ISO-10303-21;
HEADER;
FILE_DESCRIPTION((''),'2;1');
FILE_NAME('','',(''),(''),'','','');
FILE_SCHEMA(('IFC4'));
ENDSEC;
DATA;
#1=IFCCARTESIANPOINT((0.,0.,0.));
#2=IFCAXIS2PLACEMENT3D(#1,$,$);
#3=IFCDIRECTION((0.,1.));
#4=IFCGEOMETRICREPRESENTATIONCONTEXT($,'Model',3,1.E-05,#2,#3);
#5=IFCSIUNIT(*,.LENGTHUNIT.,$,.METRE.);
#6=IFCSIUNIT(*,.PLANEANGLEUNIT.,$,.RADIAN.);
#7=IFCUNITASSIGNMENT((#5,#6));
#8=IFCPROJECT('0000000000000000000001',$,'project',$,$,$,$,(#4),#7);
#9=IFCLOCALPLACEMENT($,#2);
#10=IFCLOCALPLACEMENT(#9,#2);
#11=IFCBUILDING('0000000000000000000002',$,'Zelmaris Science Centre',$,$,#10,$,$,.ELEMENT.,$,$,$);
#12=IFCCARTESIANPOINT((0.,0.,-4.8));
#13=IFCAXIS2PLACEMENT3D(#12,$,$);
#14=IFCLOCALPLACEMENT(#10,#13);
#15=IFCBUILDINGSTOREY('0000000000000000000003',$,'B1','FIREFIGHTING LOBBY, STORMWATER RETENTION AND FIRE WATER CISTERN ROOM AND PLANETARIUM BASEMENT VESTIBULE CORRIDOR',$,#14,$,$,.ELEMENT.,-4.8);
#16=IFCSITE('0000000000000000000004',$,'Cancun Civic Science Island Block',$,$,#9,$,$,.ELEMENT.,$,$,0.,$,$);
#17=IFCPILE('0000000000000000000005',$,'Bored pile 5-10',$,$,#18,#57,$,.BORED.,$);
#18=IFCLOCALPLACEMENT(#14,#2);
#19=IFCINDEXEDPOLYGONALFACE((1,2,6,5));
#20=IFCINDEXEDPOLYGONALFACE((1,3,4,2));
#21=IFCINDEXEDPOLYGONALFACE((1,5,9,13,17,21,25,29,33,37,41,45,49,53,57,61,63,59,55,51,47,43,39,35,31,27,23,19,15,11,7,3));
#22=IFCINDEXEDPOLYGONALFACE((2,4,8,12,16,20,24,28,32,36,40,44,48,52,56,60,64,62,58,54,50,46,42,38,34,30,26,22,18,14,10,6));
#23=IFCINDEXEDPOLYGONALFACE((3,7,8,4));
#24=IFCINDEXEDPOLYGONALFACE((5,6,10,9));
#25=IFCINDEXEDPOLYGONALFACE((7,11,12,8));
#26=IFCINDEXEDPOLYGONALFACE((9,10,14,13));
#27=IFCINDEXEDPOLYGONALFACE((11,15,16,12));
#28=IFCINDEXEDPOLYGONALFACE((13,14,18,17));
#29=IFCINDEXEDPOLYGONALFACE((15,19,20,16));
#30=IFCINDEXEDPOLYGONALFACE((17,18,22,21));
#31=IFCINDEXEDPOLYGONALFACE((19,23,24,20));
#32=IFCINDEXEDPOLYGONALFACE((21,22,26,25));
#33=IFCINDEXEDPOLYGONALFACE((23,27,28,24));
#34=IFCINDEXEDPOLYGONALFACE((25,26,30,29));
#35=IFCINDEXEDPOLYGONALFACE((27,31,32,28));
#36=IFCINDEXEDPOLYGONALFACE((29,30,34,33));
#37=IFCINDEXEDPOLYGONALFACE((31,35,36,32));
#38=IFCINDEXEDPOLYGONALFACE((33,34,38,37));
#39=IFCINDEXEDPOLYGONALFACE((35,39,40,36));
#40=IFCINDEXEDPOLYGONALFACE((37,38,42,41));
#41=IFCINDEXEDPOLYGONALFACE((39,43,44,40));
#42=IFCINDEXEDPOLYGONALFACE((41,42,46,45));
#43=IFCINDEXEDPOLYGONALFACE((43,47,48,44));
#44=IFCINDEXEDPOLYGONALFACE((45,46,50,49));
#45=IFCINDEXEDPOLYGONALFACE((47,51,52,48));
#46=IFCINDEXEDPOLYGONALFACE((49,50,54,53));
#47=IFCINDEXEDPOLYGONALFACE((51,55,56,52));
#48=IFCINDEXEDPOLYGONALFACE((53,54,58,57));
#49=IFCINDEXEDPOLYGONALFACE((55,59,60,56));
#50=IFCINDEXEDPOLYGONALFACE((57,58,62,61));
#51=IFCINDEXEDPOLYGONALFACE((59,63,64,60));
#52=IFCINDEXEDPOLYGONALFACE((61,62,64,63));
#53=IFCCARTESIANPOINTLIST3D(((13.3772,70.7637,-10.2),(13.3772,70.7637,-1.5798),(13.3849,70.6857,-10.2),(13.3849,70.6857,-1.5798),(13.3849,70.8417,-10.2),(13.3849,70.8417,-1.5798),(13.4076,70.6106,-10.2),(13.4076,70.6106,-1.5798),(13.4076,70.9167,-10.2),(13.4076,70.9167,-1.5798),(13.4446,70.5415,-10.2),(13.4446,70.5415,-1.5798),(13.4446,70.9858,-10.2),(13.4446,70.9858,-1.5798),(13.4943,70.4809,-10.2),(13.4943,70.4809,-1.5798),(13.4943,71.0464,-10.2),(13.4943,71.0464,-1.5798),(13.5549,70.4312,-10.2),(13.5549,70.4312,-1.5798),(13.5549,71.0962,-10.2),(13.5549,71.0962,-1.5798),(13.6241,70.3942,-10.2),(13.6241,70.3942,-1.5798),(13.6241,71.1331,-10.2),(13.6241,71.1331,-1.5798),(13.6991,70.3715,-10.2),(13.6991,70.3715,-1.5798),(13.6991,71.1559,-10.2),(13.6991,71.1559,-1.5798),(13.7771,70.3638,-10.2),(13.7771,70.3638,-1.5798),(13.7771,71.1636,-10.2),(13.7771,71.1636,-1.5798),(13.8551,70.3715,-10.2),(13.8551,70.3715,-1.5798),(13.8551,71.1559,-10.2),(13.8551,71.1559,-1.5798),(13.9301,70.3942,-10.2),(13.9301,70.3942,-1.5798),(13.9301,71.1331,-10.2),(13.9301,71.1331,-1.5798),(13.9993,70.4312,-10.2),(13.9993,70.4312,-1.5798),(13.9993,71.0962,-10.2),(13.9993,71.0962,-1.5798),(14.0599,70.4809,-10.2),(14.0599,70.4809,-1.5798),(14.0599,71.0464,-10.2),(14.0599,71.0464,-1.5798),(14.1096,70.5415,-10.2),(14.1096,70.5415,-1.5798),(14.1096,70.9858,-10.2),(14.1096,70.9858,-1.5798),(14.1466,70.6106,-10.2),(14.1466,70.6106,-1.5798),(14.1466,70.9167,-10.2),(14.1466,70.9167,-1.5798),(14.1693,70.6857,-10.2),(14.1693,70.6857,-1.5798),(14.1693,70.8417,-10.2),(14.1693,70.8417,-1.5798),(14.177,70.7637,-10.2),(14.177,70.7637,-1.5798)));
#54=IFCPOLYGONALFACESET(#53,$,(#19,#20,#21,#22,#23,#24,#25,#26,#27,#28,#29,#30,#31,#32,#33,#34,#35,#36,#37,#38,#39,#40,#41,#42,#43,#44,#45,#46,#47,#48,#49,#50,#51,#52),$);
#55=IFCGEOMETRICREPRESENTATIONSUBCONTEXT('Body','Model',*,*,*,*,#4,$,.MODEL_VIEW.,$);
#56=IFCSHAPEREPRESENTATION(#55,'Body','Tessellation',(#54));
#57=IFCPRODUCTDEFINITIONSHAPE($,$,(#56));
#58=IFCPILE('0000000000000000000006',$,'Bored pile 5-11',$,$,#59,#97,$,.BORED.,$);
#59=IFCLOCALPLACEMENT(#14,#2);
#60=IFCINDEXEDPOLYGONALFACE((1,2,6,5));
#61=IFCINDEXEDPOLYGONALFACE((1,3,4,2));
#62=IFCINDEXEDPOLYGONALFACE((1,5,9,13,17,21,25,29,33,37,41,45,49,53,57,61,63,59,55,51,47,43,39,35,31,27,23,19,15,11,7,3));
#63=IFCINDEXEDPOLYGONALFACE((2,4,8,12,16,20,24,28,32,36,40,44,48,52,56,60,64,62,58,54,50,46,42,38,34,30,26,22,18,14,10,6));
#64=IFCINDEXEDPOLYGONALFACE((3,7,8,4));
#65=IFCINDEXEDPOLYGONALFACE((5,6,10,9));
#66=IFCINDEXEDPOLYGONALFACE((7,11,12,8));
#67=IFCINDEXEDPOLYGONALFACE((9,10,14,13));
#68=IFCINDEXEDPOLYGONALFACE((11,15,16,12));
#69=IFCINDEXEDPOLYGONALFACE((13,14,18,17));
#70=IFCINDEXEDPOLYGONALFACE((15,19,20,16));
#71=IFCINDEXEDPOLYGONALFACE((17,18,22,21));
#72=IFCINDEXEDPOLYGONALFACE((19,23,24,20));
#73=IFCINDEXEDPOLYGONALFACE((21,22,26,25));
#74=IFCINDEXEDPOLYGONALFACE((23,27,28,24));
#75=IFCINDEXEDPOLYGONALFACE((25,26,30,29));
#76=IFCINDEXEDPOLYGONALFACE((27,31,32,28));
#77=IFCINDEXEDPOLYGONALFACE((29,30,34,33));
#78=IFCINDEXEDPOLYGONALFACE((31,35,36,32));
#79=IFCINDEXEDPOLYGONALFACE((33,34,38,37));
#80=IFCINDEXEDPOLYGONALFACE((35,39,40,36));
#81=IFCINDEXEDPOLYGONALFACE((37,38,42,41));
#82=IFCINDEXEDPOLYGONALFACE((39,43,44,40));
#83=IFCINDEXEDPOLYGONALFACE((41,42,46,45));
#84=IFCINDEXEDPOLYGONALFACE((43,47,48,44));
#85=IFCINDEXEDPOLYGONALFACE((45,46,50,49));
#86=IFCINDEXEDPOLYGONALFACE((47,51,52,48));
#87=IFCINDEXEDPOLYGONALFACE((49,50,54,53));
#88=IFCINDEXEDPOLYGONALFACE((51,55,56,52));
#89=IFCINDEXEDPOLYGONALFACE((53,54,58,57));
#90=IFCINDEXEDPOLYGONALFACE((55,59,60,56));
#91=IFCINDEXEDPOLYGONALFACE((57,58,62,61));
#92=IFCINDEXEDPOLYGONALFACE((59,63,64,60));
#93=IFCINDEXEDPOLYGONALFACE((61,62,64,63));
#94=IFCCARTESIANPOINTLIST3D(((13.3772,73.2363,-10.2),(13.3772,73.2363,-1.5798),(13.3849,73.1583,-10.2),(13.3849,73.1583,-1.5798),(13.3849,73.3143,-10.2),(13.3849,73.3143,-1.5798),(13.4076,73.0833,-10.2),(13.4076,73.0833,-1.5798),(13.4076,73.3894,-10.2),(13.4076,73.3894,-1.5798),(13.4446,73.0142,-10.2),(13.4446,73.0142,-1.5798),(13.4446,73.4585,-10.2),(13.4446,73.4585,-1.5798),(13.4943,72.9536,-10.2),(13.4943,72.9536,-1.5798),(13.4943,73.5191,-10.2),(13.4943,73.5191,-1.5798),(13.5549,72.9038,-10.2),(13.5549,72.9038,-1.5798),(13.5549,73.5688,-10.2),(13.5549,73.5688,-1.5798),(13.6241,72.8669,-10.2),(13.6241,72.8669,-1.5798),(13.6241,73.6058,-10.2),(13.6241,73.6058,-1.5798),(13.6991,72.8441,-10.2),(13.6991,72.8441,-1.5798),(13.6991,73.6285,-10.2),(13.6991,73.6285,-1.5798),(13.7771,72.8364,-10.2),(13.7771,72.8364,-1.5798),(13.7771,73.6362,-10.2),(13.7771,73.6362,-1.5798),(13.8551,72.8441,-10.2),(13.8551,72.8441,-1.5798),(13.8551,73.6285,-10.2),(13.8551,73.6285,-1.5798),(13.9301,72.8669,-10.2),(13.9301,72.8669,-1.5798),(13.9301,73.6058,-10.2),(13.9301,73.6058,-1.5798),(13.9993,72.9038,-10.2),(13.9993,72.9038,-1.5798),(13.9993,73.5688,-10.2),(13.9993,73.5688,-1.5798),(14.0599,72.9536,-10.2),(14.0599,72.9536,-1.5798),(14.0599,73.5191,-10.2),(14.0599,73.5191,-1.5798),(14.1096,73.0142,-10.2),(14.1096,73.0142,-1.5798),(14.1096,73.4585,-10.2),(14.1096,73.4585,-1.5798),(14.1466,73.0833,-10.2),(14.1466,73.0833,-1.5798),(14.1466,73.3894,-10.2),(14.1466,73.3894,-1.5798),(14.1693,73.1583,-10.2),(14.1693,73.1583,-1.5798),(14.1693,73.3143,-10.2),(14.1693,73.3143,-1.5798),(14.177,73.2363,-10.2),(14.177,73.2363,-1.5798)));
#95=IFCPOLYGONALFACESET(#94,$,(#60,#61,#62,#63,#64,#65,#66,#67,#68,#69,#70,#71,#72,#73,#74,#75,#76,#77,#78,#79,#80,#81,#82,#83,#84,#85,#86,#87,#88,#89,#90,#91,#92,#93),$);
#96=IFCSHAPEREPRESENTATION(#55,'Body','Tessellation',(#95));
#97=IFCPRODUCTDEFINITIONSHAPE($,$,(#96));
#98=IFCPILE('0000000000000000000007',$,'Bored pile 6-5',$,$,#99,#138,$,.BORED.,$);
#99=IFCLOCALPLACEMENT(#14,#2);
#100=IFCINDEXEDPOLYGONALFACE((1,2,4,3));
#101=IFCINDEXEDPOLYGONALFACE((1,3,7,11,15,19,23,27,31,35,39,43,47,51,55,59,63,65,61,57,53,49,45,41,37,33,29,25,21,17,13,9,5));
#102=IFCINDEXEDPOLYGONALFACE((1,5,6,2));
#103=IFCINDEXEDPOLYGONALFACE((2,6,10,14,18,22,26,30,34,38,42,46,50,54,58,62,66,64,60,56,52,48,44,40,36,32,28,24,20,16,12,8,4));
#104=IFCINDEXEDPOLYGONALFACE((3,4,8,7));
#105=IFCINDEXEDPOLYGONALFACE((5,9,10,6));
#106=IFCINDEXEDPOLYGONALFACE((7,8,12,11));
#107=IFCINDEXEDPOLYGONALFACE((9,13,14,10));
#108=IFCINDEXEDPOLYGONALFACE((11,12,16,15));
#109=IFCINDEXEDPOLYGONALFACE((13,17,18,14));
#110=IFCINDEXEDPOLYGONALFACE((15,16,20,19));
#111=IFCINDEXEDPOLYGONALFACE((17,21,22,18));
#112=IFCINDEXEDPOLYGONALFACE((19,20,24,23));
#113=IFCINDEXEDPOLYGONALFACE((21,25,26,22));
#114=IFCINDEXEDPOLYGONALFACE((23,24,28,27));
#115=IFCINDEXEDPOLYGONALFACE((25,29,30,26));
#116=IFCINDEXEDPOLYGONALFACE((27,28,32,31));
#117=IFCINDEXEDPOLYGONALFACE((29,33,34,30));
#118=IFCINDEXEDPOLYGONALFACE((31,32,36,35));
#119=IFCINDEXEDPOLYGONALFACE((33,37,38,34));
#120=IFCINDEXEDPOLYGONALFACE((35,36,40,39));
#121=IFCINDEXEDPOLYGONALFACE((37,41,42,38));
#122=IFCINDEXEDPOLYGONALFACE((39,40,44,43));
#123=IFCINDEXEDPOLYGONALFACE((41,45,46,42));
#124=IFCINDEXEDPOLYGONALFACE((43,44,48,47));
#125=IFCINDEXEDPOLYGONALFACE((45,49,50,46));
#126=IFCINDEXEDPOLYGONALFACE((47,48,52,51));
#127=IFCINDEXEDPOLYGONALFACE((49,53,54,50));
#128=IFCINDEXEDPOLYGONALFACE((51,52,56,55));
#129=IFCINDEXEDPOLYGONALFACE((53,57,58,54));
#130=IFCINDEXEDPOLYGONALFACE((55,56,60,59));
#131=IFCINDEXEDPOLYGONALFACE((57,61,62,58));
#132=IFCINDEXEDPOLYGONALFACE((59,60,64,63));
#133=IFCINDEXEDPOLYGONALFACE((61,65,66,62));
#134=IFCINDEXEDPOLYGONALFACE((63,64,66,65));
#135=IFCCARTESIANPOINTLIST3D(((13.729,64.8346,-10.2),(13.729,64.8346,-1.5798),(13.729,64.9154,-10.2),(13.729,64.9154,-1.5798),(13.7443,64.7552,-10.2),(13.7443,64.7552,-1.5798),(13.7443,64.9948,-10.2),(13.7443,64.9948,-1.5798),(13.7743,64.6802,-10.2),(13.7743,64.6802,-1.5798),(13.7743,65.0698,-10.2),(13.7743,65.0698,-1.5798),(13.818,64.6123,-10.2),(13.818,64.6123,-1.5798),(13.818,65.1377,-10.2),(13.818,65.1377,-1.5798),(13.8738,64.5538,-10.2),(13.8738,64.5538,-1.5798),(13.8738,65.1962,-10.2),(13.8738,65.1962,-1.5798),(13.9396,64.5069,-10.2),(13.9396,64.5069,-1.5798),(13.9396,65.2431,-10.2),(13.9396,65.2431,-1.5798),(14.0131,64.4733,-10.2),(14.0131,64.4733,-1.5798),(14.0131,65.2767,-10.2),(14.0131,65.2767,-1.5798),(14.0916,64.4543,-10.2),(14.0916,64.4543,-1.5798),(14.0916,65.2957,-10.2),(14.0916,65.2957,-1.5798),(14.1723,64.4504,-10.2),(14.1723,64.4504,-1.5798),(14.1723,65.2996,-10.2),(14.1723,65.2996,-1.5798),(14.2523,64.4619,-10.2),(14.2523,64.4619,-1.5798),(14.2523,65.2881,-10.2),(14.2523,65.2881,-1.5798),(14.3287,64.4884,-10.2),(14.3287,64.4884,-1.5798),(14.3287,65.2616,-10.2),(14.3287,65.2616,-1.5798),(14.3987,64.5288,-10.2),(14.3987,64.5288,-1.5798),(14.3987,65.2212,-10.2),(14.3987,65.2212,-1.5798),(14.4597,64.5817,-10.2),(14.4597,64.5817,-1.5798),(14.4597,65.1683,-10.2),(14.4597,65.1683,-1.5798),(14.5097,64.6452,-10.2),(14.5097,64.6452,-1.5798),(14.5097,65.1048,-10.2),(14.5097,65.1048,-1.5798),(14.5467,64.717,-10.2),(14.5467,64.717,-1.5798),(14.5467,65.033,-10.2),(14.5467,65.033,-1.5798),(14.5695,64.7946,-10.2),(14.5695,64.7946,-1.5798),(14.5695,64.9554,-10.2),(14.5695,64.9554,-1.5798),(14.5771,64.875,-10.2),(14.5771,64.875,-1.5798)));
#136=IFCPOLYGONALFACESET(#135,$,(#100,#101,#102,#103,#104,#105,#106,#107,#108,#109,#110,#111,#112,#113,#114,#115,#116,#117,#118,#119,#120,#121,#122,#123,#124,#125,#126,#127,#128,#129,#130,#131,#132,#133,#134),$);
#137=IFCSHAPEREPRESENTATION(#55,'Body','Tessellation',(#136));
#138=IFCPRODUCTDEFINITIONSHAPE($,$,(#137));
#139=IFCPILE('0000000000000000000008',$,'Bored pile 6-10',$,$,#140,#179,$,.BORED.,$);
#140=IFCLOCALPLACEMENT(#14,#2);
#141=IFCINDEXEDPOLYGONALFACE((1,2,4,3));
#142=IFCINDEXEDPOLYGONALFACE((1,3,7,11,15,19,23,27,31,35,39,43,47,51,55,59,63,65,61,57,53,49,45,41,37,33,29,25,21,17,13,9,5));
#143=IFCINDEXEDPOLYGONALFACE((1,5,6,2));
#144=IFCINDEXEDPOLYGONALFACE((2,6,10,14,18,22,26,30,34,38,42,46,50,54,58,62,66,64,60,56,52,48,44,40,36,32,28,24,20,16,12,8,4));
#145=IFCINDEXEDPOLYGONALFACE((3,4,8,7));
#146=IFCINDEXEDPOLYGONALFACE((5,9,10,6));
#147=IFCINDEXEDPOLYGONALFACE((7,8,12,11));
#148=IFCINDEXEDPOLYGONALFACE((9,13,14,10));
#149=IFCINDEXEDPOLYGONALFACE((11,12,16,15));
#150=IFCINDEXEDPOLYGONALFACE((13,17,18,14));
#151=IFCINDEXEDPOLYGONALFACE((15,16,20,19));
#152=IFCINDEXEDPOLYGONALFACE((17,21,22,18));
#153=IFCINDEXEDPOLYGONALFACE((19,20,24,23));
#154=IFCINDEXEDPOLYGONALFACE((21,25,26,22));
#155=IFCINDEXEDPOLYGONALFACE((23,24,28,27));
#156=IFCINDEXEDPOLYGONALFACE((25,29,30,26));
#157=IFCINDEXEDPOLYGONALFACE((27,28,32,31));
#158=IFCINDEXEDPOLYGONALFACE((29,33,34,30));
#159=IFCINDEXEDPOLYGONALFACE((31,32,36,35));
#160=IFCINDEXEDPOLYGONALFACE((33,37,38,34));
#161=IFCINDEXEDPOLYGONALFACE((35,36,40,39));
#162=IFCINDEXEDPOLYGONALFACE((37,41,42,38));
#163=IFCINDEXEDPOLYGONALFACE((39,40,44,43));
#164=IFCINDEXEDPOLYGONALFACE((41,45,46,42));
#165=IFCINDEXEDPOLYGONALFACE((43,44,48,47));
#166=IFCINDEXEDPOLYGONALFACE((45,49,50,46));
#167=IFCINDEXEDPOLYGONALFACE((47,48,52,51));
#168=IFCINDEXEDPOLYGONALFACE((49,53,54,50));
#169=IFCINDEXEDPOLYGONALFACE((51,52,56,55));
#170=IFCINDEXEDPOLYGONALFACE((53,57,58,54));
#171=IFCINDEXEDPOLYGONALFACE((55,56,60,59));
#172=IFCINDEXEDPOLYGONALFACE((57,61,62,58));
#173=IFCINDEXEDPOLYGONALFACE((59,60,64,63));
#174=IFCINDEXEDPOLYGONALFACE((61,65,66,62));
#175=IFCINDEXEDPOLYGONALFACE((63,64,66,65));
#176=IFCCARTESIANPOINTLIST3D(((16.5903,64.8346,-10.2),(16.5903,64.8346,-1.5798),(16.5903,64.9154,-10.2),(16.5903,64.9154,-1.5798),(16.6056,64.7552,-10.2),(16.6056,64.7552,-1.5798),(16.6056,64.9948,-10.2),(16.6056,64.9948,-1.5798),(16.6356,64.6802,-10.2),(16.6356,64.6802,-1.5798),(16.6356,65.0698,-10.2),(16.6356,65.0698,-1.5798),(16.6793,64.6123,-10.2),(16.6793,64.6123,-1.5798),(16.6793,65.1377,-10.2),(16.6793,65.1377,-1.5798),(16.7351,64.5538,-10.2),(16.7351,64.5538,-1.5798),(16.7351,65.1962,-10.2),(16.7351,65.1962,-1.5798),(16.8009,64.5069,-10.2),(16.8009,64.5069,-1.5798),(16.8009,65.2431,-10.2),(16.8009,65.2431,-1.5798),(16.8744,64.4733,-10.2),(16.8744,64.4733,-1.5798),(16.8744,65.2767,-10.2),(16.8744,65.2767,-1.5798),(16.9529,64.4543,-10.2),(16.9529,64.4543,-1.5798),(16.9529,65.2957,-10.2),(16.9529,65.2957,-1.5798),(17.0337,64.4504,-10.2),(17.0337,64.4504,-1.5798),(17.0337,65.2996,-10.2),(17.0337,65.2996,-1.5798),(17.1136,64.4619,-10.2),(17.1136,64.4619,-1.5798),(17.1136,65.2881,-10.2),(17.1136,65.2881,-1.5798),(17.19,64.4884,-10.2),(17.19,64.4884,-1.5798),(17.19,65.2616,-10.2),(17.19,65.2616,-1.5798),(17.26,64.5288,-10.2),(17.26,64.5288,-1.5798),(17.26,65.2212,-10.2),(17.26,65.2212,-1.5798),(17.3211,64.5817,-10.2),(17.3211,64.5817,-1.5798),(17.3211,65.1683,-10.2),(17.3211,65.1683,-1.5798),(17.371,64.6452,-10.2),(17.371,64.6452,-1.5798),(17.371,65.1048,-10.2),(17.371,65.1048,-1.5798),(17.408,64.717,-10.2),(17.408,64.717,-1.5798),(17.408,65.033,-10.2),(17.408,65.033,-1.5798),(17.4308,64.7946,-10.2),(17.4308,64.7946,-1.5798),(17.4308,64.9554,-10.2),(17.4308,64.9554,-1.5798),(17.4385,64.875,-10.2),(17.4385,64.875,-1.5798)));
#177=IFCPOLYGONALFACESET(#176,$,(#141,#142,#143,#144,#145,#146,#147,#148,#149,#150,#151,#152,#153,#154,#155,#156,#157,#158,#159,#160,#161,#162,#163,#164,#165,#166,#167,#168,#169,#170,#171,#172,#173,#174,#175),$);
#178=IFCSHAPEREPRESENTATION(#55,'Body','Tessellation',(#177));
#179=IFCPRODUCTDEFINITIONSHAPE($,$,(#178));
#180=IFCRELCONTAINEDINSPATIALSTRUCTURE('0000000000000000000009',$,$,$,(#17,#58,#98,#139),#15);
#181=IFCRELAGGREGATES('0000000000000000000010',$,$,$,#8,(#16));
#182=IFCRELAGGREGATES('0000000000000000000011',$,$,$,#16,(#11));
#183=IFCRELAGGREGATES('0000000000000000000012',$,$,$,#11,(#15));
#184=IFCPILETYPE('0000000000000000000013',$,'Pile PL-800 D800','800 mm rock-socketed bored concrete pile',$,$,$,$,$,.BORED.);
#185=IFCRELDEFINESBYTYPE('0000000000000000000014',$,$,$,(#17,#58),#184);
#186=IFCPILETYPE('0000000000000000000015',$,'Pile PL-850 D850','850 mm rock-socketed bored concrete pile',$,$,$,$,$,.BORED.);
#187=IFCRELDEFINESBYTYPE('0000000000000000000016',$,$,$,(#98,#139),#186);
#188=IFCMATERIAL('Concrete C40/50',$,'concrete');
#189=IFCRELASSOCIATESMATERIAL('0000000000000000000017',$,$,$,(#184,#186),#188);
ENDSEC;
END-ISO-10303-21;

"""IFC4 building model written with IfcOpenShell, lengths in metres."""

from ifc_helpers import new_model, si_unit, direction, frame, origin, origin_2d, place, context, subcontext, project, spatial, circle, extrude, material, material_profile, profile_set, type_object, element, save


model = new_model("IFC4")

# Units and contexts
model_context = context("Model", 3, precision=1e-05, world=origin(), true_north=direction((0.0, 1.0)))
body_context = subcontext(model_context, "Body", "Model", "MODEL_VIEW")
ifc_project = project(units=[si_unit("LENGTHUNIT", "METRE"), si_unit("PLANEANGLEUNIT", "RADIAN")], contexts=[model_context])

# Site, building, storey
site_placement = place(None, origin())
site = spatial("IfcSite", under=ifc_project, at=site_placement, Name="Cancun Civic Science Island Block", CompositionType="ELEMENT", RefElevation=0.0)
building_placement = place(site_placement, origin())
building = spatial("IfcBuilding", under=site, at=building_placement, Name="Zelmaris Science Centre", CompositionType="ELEMENT")
storey_placement = place(building_placement, frame((0.0, 0.0, -4.8)))
storey = spatial("IfcBuildingStorey", under=building, at=storey_placement, Name="B1", Description="FIREFIGHTING LOBBY, STORMWATER RETENTION AND FIRE WATER CISTERN ROOM AND PLANETARIUM BASEMENT VESTIBULE CORRIDOR", CompositionType="ELEMENT", Elevation=-4.8)

# Shared definitions
ifc_material_1 = material(Name="Concrete C40/50", Category="concrete")

# Piles
ifc_material_profile_1 = material_profile(ifc_material_1, circle(Radius=0.3999, at=origin_2d()), Name="PILE-800")
ifc_profile_set_1 = profile_set([ifc_material_profile_1], Name="Concrete C40/50")
pile_type_1 = type_object("IfcPileType", Name="Pile PL-800 D800", Description="800 mm rock-socketed bored concrete pile", PredefinedType="BORED", material=ifc_profile_set_1)
for number, where, z_axis, x_axis, name in (
    (1, (13.7771, 70.7637, -1.5798), (0.0, 0.0, -1.0), (1.0, 0.0, 0.0), "Bored pile 5-10"),
    (2, (13.7771, 73.2363, -1.5798), (0.0, 0.0, -1.0), (1.0, 0.0, 0.0), "Bored pile 5-11"),
):
    element("IfcPile", number, at=place(storey_placement, frame(where, z_axis=z_axis, x_axis=x_axis)), inside=storey, type_object=pile_type_1, Name=name, PredefinedType="BORED", context=body_context, shape_type="SweptSolid", body=[
        extrude(circle(Radius=0.3999, at=origin_2d()), origin(), (0.0, 0.0, 1.0), 8.6201),
    ])
ifc_material_profile_2 = material_profile(ifc_material_1, circle(Radius=0.425, at=origin_2d()), Name="PILE-850")
ifc_profile_set_2 = profile_set([ifc_material_profile_2], Name="Concrete C40/50")
pile_type_2 = type_object("IfcPileType", Name="Pile PL-850 D850", Description="850 mm rock-socketed bored concrete pile", PredefinedType="BORED", material=ifc_profile_set_2)
for number, where, z_axis, x_axis, name in (
    (3, (14.1521, 64.875, -1.5798), (0.0, 0.0, -1.0), (1.0, 0.0, 0.0), "Bored pile 6-5"),
    (4, (17.0134, 64.875, -1.5798), (0.0, 0.0, -1.0), (1.0, 0.0, 0.0), "Bored pile 6-10"),
):
    element("IfcPile", number, at=place(storey_placement, frame(where, z_axis=z_axis, x_axis=x_axis)), inside=storey, type_object=pile_type_2, Name=name, PredefinedType="BORED", context=body_context, shape_type="SweptSolid", body=[
        extrude(circle(Radius=0.425, at=origin_2d()), origin(), (0.0, 0.0, 1.0), 8.6201),
    ])

save(model, "model.ifc")
